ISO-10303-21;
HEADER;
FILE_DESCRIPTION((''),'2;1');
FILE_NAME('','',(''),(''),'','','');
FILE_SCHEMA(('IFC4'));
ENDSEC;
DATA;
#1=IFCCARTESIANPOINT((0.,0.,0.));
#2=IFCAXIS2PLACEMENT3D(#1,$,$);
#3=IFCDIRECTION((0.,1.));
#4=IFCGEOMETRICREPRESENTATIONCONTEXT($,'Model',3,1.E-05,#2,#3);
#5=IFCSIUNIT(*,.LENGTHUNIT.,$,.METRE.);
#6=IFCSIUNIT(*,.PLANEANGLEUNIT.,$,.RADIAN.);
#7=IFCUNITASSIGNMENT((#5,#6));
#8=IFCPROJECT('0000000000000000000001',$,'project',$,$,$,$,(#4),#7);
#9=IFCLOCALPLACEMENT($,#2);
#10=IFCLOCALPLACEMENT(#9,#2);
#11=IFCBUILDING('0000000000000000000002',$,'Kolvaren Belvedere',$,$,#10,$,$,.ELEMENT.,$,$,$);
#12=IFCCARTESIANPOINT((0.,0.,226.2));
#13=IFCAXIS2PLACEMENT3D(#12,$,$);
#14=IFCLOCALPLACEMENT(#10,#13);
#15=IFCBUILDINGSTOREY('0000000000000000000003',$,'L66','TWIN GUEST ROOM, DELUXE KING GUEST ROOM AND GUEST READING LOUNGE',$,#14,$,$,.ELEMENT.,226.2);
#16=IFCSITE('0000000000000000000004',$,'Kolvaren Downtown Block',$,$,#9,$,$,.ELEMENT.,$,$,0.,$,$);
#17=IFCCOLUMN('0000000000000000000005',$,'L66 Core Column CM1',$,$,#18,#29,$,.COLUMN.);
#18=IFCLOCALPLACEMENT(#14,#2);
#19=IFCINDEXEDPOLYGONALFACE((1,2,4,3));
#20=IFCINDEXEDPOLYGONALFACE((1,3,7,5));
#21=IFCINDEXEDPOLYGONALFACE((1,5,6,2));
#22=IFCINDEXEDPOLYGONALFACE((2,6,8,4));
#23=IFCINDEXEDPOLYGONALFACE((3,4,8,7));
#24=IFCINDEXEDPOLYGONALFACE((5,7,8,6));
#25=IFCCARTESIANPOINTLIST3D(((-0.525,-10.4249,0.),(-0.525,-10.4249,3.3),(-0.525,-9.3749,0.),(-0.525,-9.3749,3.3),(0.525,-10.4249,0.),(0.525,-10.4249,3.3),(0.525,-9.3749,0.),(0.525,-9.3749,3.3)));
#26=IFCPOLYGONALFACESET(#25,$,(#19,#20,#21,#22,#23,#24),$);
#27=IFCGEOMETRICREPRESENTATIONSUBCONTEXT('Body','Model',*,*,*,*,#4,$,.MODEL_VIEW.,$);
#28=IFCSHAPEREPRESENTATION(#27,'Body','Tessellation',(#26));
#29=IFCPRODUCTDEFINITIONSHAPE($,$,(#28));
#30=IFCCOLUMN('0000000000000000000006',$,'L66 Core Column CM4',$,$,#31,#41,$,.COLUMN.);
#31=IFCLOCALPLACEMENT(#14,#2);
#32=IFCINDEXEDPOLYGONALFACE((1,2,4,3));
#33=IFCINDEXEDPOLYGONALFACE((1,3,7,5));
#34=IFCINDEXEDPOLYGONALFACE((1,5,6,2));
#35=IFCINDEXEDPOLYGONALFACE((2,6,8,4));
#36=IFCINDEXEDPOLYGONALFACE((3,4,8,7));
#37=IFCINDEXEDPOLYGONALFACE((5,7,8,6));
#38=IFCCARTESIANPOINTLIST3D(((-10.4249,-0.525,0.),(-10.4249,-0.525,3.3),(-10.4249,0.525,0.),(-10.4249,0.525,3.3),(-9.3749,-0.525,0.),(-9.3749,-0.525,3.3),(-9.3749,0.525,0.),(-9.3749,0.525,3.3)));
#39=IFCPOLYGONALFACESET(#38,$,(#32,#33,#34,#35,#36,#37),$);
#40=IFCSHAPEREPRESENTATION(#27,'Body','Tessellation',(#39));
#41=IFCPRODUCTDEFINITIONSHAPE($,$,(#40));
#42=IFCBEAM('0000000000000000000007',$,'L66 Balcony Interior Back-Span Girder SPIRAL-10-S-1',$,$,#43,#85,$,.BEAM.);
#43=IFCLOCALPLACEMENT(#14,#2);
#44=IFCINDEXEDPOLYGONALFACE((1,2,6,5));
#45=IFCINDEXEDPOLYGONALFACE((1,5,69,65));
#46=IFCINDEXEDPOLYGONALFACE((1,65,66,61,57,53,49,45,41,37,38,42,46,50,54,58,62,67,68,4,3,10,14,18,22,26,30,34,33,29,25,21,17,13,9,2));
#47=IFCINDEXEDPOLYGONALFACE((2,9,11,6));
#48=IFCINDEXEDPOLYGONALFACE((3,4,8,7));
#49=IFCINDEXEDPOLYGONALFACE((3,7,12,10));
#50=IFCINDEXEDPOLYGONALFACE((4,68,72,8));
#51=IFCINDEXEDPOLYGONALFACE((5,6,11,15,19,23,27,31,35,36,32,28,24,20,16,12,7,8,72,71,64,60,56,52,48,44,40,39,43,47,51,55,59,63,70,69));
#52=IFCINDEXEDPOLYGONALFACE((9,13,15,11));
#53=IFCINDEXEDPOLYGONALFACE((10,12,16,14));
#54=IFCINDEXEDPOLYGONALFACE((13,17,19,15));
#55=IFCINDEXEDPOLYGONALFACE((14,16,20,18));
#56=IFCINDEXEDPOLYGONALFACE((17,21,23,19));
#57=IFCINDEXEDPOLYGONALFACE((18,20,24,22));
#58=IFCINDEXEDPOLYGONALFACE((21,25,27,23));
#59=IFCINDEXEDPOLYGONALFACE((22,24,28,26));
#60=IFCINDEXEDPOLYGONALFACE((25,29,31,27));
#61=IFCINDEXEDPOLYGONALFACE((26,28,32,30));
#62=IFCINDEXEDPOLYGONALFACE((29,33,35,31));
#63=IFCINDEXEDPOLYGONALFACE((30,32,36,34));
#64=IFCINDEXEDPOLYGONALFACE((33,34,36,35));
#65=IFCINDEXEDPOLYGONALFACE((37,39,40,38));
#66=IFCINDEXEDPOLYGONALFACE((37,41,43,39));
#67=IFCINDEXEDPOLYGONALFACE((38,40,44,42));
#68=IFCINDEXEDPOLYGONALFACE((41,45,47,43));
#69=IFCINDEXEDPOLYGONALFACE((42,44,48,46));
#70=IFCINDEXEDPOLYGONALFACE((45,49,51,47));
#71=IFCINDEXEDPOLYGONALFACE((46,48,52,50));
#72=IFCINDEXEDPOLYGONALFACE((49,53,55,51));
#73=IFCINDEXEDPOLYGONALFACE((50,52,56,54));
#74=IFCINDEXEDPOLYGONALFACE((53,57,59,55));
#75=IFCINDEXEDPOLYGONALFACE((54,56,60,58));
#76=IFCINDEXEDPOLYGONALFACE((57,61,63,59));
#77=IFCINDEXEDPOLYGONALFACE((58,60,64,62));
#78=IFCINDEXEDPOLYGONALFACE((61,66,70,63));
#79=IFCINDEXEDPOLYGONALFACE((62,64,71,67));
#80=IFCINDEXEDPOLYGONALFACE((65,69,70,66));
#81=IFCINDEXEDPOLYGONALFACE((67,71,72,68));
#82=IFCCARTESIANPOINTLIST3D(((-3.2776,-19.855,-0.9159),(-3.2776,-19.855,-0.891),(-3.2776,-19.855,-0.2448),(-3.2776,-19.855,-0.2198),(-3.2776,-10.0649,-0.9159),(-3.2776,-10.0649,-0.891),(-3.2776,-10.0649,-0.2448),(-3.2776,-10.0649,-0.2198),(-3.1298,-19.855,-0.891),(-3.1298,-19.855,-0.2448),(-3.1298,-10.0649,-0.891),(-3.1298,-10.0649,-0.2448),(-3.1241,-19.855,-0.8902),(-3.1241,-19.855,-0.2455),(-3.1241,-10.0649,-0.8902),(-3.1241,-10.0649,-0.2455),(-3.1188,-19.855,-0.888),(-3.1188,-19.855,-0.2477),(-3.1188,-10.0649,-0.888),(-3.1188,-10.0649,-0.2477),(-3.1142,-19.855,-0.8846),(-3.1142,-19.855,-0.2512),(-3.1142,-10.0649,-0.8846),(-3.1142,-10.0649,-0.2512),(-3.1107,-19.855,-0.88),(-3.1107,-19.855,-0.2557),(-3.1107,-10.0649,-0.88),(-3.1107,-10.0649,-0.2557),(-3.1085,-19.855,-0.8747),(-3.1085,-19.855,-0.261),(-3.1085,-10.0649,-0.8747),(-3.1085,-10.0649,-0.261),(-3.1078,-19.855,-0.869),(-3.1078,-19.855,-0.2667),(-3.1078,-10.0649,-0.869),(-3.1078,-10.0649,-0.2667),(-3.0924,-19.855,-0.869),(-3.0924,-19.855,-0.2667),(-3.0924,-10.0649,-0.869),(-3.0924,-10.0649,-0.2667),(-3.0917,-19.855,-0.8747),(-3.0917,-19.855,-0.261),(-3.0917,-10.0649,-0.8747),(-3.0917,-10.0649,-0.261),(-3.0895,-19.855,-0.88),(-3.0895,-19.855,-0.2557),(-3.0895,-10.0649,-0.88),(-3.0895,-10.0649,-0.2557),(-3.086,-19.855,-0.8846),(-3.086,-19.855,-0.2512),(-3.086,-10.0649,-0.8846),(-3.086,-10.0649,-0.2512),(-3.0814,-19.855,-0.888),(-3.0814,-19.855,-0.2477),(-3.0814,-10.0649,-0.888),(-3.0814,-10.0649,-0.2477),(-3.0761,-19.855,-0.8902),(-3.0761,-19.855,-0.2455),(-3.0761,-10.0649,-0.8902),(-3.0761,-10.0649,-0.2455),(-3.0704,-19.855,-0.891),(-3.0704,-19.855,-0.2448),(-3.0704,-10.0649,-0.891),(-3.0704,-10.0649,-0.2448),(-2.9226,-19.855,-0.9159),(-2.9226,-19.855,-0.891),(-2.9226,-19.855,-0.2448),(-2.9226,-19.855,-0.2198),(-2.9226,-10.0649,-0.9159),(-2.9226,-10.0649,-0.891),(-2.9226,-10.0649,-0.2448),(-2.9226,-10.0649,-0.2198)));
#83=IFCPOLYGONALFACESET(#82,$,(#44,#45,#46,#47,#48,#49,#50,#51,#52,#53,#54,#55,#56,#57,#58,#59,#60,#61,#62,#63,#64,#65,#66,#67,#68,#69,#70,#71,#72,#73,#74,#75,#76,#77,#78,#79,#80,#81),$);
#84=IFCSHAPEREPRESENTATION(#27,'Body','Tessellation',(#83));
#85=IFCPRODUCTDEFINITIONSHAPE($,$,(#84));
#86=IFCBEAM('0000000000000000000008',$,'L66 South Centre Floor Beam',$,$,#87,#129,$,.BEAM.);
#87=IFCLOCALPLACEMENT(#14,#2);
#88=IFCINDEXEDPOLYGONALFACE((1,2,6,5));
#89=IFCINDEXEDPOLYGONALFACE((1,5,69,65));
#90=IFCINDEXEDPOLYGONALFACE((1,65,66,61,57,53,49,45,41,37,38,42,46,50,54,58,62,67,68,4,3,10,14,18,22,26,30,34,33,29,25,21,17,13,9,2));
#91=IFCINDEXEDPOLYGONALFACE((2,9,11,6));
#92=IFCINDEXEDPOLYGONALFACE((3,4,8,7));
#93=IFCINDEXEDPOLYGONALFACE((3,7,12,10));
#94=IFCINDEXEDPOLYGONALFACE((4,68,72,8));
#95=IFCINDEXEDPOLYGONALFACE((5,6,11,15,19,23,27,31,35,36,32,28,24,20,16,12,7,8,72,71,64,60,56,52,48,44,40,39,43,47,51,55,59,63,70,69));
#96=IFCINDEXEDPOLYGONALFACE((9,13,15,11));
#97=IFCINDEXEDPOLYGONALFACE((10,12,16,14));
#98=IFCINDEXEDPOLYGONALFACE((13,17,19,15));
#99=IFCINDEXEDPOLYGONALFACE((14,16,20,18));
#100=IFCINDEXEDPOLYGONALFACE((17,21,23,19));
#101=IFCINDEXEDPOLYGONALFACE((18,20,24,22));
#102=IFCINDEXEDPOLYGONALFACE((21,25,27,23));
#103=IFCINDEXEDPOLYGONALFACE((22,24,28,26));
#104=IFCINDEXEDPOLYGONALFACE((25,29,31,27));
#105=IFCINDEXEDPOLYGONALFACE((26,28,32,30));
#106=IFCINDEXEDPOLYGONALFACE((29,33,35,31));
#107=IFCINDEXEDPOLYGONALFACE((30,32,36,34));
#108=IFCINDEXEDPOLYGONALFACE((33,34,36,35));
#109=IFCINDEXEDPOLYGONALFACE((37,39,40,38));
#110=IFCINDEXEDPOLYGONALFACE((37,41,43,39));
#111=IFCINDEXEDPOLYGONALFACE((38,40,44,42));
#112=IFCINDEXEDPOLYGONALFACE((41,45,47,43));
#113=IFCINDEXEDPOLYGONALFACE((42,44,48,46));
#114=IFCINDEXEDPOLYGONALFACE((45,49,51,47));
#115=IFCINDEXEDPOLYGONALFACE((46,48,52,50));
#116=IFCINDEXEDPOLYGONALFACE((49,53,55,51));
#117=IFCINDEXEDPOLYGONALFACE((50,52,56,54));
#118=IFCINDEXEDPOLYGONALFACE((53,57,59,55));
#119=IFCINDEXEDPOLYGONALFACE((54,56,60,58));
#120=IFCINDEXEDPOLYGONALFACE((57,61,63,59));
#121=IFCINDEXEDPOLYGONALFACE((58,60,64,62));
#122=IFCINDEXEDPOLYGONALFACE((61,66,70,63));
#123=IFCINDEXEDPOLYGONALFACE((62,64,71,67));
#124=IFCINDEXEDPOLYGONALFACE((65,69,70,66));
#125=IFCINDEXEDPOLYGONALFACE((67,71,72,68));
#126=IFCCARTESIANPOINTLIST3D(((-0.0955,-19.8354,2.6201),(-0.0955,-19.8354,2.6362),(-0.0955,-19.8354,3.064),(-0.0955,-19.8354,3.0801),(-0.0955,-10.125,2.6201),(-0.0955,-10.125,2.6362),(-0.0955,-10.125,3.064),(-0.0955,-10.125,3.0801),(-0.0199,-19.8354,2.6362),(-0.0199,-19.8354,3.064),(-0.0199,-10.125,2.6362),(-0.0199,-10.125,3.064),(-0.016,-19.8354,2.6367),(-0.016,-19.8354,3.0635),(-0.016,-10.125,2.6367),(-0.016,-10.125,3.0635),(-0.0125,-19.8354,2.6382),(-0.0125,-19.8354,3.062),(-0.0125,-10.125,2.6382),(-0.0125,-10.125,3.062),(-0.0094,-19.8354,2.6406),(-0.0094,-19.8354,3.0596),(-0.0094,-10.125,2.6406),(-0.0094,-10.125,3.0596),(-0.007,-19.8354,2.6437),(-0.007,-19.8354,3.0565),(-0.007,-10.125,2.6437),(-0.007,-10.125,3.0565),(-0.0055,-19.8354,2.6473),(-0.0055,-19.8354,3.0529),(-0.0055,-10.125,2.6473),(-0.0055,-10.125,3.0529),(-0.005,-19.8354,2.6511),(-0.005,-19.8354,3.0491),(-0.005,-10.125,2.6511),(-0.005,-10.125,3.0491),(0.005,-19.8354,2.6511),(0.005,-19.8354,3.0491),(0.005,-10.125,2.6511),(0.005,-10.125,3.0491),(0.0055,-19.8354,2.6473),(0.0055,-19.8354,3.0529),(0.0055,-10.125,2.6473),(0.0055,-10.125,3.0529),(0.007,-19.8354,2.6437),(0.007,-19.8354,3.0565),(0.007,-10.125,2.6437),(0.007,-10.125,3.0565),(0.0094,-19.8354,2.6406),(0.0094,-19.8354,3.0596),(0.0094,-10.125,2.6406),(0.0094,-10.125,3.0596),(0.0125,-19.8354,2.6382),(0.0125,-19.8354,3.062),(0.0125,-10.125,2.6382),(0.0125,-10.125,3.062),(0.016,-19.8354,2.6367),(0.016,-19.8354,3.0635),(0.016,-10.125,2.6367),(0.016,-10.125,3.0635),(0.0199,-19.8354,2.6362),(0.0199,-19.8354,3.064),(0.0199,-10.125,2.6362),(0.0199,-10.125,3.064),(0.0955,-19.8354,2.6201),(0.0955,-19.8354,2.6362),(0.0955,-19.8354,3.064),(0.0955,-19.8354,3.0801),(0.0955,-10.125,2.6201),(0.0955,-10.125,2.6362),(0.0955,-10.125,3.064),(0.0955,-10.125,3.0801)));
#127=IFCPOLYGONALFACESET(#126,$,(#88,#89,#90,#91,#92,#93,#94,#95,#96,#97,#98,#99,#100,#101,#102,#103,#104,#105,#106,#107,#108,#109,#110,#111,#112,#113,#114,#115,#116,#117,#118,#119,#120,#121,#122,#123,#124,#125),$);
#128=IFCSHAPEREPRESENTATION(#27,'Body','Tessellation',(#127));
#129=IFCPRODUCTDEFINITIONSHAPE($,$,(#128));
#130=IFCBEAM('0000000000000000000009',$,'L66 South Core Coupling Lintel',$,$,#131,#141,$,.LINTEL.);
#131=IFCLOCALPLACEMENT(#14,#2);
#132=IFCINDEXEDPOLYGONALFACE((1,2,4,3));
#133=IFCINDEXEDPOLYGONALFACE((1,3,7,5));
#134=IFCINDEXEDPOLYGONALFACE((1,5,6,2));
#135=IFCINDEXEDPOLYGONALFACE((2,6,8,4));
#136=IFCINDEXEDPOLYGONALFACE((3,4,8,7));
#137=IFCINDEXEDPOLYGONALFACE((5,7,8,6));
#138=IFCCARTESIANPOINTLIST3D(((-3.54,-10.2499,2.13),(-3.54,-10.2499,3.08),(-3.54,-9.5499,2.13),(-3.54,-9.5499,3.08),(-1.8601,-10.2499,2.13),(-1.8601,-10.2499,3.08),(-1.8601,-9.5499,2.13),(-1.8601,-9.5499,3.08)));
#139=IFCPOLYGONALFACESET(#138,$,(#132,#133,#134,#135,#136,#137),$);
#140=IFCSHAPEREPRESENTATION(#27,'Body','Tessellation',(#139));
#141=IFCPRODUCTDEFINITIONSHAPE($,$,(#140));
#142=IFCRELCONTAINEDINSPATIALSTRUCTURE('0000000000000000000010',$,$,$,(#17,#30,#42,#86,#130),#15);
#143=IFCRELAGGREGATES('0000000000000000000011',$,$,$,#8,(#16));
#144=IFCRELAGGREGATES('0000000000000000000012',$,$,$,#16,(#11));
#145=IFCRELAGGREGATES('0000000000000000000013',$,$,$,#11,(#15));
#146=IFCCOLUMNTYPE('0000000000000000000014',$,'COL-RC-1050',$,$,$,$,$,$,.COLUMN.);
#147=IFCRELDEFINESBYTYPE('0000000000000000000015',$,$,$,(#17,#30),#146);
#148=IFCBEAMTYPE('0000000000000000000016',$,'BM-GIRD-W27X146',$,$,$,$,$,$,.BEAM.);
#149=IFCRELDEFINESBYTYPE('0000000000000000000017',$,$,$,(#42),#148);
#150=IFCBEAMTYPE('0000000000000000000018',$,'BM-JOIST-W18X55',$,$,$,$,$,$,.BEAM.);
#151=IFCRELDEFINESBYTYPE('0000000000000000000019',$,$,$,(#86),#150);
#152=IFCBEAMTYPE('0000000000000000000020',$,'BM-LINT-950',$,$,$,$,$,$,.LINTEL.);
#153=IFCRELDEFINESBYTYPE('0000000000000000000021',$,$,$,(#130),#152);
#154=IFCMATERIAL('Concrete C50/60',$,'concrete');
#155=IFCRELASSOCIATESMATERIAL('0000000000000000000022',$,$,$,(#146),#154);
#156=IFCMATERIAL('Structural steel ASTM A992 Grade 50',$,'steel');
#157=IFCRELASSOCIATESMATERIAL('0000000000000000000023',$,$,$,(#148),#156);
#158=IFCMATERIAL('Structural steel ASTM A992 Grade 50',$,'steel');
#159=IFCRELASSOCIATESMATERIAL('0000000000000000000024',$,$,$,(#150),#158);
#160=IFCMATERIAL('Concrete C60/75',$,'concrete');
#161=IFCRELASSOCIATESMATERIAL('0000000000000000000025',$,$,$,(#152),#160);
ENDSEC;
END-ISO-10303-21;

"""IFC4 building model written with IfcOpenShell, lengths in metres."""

from ifc_helpers import new_model, si_unit, direction, frame, origin, origin_2d, place, context, subcontext, project, spatial, rectangle, i_section, extrude, material, material_profile, profile_set, type_object, element, save


model = new_model("IFC4")

# Units and contexts
model_context = context("Model", 3, precision=1e-05, world=origin(), true_north=direction((0.0, 1.0)))
body_context = subcontext(model_context, "Body", "Model", "MODEL_VIEW")
ifc_project = project(units=[si_unit("LENGTHUNIT", "METRE"), si_unit("PLANEANGLEUNIT", "RADIAN")], contexts=[model_context])

# Site, building, storey
site_placement = place(None, origin())
site = spatial("IfcSite", under=ifc_project, at=site_placement, Name="Kolvaren Downtown Block", CompositionType="ELEMENT", RefElevation=0.0)
building_placement = place(site_placement, origin())
building = spatial("IfcBuilding", under=site, at=building_placement, Name="Kolvaren Belvedere", CompositionType="ELEMENT")
storey_placement = place(building_placement, frame((0.0, 0.0, 226.2)))
storey = spatial("IfcBuildingStorey", under=building, at=storey_placement, Name="L66", Description="TWIN GUEST ROOM, DELUXE KING GUEST ROOM AND GUEST READING LOUNGE", CompositionType="ELEMENT", Elevation=226.2)

# Columns
ifc_material_1 = material(Name="Concrete C50/60", Category="concrete")
ifc_material_profile_1 = material_profile(ifc_material_1, rectangle(XDim=1.05, YDim=1.05, at=origin_2d()), Name="RC 1050X1050")
ifc_profile_set_1 = profile_set([ifc_material_profile_1], Name="Concrete C50/60")
column_type = type_object("IfcColumnType", Name="COL-RC-1050", PredefinedType="COLUMN", material=ifc_profile_set_1)
for number, where, z_axis, x_axis, name in (
    (1, (0.0, -9.8999, 0.0), (0.0, 0.0, 1.0), (1.0, 0.0, 0.0), "L66 Core Column CM1"),
    (2, (-9.8999, 0.0, 0.0), (0.0, 0.0, 1.0), (1.0, 0.0, 0.0), "L66 Core Column CM4"),
):
    element("IfcColumn", number, at=place(storey_placement, frame(where, z_axis=z_axis, x_axis=x_axis)), inside=storey, type_object=column_type, Name=name, PredefinedType="COLUMN", context=body_context, shape_type="SweptSolid", body=[
        extrude(rectangle(XDim=1.05, YDim=1.05, at=origin_2d()), origin(), (0.0, 0.0, 1.0), 3.3),
    ])

# Beams
ifc_material_2 = material(Name="Structural steel ASTM A992 Grade 50", Category="steel")
ifc_material_profile_2 = material_profile(ifc_material_2, i_section(OverallWidth=0.355, OverallDepth=0.696, WebThickness=0.0154, FlangeThickness=0.0249, FilletRadius=0.022, at=origin_2d()), Name="W27X146")
ifc_profile_set_2 = profile_set([ifc_material_profile_2], Name="Structural steel ASTM A992 Grade 50")
beam_type_1 = type_object("IfcBeamType", Name="BM-GIRD-W27X146", PredefinedType="BEAM", material=ifc_profile_set_2)
beam_1_placement = place(storey_placement, frame((-3.1001, -10.0649, -0.5679), z_axis=(0.0, -1.0, 0.0), x_axis=(1.0, 0.0, 0.0)))
element("IfcBeam", 3, at=beam_1_placement, inside=storey, type_object=beam_type_1, Name="L66 Balcony Interior Back-Span Girder SPIRAL-10-S-1", PredefinedType="BEAM", context=body_context, shape_type="SweptSolid", body=[
    extrude(i_section(OverallWidth=0.355, OverallDepth=0.696, WebThickness=0.0154, FlangeThickness=0.0249, FilletRadius=0.022, at=origin_2d()), origin(), (0.0, 0.0, 1.0), 9.79),
])
ifc_material_3 = material(Name="Structural steel ASTM A992 Grade 50", Category="steel")
ifc_material_profile_3 = material_profile(ifc_material_3, i_section(OverallWidth=0.1909, OverallDepth=0.46, WebThickness=0.01, FlangeThickness=0.0161, FilletRadius=0.0149, at=origin_2d()), Name="W18X55")
ifc_profile_set_3 = profile_set([ifc_material_profile_3], Name="Structural steel ASTM A992 Grade 50")
beam_type_2 = type_object("IfcBeamType", Name="BM-JOIST-W18X55", PredefinedType="BEAM", material=ifc_profile_set_3)
beam_2_placement = place(storey_placement, frame((0.0, -10.125, 2.8501), z_axis=(0.0, -1.0, 0.0), x_axis=(1.0, 0.0, 0.0)))
element("IfcBeam", 4, at=beam_2_placement, inside=storey, type_object=beam_type_2, Name="L66 South Centre Floor Beam", PredefinedType="BEAM", context=body_context, shape_type="SweptSolid", body=[
    extrude(i_section(OverallWidth=0.1909, OverallDepth=0.46, WebThickness=0.01, FlangeThickness=0.0161, FilletRadius=0.0149, at=origin_2d()), origin(), (0.0, 0.0, 1.0), 9.7104),
])
ifc_material_4 = material(Name="Concrete C60/75", Category="concrete")
ifc_material_profile_4 = material_profile(ifc_material_4, rectangle(XDim=0.7, YDim=0.95, at=origin_2d()), Name="RC 700X950")
ifc_profile_set_4 = profile_set([ifc_material_profile_4], Name="Concrete C60/75")
beam_type_3 = type_object("IfcBeamType", Name="BM-LINT-950", PredefinedType="LINTEL", material=ifc_profile_set_4)
beam_3_placement = place(storey_placement, frame((-3.54, -9.8999, 2.605), z_axis=(1.0, 0.0, 0.0), x_axis=(0.0, 1.0, 0.0)))
element("IfcBeam", 5, at=beam_3_placement, inside=storey, type_object=beam_type_3, Name="L66 South Core Coupling Lintel", PredefinedType="LINTEL", context=body_context, shape_type="SweptSolid", body=[
    extrude(rectangle(XDim=0.7, YDim=0.95, at=origin_2d()), origin(), (0.0, 0.0, 1.0), 1.6799),
])

save(model, "model.ifc")
